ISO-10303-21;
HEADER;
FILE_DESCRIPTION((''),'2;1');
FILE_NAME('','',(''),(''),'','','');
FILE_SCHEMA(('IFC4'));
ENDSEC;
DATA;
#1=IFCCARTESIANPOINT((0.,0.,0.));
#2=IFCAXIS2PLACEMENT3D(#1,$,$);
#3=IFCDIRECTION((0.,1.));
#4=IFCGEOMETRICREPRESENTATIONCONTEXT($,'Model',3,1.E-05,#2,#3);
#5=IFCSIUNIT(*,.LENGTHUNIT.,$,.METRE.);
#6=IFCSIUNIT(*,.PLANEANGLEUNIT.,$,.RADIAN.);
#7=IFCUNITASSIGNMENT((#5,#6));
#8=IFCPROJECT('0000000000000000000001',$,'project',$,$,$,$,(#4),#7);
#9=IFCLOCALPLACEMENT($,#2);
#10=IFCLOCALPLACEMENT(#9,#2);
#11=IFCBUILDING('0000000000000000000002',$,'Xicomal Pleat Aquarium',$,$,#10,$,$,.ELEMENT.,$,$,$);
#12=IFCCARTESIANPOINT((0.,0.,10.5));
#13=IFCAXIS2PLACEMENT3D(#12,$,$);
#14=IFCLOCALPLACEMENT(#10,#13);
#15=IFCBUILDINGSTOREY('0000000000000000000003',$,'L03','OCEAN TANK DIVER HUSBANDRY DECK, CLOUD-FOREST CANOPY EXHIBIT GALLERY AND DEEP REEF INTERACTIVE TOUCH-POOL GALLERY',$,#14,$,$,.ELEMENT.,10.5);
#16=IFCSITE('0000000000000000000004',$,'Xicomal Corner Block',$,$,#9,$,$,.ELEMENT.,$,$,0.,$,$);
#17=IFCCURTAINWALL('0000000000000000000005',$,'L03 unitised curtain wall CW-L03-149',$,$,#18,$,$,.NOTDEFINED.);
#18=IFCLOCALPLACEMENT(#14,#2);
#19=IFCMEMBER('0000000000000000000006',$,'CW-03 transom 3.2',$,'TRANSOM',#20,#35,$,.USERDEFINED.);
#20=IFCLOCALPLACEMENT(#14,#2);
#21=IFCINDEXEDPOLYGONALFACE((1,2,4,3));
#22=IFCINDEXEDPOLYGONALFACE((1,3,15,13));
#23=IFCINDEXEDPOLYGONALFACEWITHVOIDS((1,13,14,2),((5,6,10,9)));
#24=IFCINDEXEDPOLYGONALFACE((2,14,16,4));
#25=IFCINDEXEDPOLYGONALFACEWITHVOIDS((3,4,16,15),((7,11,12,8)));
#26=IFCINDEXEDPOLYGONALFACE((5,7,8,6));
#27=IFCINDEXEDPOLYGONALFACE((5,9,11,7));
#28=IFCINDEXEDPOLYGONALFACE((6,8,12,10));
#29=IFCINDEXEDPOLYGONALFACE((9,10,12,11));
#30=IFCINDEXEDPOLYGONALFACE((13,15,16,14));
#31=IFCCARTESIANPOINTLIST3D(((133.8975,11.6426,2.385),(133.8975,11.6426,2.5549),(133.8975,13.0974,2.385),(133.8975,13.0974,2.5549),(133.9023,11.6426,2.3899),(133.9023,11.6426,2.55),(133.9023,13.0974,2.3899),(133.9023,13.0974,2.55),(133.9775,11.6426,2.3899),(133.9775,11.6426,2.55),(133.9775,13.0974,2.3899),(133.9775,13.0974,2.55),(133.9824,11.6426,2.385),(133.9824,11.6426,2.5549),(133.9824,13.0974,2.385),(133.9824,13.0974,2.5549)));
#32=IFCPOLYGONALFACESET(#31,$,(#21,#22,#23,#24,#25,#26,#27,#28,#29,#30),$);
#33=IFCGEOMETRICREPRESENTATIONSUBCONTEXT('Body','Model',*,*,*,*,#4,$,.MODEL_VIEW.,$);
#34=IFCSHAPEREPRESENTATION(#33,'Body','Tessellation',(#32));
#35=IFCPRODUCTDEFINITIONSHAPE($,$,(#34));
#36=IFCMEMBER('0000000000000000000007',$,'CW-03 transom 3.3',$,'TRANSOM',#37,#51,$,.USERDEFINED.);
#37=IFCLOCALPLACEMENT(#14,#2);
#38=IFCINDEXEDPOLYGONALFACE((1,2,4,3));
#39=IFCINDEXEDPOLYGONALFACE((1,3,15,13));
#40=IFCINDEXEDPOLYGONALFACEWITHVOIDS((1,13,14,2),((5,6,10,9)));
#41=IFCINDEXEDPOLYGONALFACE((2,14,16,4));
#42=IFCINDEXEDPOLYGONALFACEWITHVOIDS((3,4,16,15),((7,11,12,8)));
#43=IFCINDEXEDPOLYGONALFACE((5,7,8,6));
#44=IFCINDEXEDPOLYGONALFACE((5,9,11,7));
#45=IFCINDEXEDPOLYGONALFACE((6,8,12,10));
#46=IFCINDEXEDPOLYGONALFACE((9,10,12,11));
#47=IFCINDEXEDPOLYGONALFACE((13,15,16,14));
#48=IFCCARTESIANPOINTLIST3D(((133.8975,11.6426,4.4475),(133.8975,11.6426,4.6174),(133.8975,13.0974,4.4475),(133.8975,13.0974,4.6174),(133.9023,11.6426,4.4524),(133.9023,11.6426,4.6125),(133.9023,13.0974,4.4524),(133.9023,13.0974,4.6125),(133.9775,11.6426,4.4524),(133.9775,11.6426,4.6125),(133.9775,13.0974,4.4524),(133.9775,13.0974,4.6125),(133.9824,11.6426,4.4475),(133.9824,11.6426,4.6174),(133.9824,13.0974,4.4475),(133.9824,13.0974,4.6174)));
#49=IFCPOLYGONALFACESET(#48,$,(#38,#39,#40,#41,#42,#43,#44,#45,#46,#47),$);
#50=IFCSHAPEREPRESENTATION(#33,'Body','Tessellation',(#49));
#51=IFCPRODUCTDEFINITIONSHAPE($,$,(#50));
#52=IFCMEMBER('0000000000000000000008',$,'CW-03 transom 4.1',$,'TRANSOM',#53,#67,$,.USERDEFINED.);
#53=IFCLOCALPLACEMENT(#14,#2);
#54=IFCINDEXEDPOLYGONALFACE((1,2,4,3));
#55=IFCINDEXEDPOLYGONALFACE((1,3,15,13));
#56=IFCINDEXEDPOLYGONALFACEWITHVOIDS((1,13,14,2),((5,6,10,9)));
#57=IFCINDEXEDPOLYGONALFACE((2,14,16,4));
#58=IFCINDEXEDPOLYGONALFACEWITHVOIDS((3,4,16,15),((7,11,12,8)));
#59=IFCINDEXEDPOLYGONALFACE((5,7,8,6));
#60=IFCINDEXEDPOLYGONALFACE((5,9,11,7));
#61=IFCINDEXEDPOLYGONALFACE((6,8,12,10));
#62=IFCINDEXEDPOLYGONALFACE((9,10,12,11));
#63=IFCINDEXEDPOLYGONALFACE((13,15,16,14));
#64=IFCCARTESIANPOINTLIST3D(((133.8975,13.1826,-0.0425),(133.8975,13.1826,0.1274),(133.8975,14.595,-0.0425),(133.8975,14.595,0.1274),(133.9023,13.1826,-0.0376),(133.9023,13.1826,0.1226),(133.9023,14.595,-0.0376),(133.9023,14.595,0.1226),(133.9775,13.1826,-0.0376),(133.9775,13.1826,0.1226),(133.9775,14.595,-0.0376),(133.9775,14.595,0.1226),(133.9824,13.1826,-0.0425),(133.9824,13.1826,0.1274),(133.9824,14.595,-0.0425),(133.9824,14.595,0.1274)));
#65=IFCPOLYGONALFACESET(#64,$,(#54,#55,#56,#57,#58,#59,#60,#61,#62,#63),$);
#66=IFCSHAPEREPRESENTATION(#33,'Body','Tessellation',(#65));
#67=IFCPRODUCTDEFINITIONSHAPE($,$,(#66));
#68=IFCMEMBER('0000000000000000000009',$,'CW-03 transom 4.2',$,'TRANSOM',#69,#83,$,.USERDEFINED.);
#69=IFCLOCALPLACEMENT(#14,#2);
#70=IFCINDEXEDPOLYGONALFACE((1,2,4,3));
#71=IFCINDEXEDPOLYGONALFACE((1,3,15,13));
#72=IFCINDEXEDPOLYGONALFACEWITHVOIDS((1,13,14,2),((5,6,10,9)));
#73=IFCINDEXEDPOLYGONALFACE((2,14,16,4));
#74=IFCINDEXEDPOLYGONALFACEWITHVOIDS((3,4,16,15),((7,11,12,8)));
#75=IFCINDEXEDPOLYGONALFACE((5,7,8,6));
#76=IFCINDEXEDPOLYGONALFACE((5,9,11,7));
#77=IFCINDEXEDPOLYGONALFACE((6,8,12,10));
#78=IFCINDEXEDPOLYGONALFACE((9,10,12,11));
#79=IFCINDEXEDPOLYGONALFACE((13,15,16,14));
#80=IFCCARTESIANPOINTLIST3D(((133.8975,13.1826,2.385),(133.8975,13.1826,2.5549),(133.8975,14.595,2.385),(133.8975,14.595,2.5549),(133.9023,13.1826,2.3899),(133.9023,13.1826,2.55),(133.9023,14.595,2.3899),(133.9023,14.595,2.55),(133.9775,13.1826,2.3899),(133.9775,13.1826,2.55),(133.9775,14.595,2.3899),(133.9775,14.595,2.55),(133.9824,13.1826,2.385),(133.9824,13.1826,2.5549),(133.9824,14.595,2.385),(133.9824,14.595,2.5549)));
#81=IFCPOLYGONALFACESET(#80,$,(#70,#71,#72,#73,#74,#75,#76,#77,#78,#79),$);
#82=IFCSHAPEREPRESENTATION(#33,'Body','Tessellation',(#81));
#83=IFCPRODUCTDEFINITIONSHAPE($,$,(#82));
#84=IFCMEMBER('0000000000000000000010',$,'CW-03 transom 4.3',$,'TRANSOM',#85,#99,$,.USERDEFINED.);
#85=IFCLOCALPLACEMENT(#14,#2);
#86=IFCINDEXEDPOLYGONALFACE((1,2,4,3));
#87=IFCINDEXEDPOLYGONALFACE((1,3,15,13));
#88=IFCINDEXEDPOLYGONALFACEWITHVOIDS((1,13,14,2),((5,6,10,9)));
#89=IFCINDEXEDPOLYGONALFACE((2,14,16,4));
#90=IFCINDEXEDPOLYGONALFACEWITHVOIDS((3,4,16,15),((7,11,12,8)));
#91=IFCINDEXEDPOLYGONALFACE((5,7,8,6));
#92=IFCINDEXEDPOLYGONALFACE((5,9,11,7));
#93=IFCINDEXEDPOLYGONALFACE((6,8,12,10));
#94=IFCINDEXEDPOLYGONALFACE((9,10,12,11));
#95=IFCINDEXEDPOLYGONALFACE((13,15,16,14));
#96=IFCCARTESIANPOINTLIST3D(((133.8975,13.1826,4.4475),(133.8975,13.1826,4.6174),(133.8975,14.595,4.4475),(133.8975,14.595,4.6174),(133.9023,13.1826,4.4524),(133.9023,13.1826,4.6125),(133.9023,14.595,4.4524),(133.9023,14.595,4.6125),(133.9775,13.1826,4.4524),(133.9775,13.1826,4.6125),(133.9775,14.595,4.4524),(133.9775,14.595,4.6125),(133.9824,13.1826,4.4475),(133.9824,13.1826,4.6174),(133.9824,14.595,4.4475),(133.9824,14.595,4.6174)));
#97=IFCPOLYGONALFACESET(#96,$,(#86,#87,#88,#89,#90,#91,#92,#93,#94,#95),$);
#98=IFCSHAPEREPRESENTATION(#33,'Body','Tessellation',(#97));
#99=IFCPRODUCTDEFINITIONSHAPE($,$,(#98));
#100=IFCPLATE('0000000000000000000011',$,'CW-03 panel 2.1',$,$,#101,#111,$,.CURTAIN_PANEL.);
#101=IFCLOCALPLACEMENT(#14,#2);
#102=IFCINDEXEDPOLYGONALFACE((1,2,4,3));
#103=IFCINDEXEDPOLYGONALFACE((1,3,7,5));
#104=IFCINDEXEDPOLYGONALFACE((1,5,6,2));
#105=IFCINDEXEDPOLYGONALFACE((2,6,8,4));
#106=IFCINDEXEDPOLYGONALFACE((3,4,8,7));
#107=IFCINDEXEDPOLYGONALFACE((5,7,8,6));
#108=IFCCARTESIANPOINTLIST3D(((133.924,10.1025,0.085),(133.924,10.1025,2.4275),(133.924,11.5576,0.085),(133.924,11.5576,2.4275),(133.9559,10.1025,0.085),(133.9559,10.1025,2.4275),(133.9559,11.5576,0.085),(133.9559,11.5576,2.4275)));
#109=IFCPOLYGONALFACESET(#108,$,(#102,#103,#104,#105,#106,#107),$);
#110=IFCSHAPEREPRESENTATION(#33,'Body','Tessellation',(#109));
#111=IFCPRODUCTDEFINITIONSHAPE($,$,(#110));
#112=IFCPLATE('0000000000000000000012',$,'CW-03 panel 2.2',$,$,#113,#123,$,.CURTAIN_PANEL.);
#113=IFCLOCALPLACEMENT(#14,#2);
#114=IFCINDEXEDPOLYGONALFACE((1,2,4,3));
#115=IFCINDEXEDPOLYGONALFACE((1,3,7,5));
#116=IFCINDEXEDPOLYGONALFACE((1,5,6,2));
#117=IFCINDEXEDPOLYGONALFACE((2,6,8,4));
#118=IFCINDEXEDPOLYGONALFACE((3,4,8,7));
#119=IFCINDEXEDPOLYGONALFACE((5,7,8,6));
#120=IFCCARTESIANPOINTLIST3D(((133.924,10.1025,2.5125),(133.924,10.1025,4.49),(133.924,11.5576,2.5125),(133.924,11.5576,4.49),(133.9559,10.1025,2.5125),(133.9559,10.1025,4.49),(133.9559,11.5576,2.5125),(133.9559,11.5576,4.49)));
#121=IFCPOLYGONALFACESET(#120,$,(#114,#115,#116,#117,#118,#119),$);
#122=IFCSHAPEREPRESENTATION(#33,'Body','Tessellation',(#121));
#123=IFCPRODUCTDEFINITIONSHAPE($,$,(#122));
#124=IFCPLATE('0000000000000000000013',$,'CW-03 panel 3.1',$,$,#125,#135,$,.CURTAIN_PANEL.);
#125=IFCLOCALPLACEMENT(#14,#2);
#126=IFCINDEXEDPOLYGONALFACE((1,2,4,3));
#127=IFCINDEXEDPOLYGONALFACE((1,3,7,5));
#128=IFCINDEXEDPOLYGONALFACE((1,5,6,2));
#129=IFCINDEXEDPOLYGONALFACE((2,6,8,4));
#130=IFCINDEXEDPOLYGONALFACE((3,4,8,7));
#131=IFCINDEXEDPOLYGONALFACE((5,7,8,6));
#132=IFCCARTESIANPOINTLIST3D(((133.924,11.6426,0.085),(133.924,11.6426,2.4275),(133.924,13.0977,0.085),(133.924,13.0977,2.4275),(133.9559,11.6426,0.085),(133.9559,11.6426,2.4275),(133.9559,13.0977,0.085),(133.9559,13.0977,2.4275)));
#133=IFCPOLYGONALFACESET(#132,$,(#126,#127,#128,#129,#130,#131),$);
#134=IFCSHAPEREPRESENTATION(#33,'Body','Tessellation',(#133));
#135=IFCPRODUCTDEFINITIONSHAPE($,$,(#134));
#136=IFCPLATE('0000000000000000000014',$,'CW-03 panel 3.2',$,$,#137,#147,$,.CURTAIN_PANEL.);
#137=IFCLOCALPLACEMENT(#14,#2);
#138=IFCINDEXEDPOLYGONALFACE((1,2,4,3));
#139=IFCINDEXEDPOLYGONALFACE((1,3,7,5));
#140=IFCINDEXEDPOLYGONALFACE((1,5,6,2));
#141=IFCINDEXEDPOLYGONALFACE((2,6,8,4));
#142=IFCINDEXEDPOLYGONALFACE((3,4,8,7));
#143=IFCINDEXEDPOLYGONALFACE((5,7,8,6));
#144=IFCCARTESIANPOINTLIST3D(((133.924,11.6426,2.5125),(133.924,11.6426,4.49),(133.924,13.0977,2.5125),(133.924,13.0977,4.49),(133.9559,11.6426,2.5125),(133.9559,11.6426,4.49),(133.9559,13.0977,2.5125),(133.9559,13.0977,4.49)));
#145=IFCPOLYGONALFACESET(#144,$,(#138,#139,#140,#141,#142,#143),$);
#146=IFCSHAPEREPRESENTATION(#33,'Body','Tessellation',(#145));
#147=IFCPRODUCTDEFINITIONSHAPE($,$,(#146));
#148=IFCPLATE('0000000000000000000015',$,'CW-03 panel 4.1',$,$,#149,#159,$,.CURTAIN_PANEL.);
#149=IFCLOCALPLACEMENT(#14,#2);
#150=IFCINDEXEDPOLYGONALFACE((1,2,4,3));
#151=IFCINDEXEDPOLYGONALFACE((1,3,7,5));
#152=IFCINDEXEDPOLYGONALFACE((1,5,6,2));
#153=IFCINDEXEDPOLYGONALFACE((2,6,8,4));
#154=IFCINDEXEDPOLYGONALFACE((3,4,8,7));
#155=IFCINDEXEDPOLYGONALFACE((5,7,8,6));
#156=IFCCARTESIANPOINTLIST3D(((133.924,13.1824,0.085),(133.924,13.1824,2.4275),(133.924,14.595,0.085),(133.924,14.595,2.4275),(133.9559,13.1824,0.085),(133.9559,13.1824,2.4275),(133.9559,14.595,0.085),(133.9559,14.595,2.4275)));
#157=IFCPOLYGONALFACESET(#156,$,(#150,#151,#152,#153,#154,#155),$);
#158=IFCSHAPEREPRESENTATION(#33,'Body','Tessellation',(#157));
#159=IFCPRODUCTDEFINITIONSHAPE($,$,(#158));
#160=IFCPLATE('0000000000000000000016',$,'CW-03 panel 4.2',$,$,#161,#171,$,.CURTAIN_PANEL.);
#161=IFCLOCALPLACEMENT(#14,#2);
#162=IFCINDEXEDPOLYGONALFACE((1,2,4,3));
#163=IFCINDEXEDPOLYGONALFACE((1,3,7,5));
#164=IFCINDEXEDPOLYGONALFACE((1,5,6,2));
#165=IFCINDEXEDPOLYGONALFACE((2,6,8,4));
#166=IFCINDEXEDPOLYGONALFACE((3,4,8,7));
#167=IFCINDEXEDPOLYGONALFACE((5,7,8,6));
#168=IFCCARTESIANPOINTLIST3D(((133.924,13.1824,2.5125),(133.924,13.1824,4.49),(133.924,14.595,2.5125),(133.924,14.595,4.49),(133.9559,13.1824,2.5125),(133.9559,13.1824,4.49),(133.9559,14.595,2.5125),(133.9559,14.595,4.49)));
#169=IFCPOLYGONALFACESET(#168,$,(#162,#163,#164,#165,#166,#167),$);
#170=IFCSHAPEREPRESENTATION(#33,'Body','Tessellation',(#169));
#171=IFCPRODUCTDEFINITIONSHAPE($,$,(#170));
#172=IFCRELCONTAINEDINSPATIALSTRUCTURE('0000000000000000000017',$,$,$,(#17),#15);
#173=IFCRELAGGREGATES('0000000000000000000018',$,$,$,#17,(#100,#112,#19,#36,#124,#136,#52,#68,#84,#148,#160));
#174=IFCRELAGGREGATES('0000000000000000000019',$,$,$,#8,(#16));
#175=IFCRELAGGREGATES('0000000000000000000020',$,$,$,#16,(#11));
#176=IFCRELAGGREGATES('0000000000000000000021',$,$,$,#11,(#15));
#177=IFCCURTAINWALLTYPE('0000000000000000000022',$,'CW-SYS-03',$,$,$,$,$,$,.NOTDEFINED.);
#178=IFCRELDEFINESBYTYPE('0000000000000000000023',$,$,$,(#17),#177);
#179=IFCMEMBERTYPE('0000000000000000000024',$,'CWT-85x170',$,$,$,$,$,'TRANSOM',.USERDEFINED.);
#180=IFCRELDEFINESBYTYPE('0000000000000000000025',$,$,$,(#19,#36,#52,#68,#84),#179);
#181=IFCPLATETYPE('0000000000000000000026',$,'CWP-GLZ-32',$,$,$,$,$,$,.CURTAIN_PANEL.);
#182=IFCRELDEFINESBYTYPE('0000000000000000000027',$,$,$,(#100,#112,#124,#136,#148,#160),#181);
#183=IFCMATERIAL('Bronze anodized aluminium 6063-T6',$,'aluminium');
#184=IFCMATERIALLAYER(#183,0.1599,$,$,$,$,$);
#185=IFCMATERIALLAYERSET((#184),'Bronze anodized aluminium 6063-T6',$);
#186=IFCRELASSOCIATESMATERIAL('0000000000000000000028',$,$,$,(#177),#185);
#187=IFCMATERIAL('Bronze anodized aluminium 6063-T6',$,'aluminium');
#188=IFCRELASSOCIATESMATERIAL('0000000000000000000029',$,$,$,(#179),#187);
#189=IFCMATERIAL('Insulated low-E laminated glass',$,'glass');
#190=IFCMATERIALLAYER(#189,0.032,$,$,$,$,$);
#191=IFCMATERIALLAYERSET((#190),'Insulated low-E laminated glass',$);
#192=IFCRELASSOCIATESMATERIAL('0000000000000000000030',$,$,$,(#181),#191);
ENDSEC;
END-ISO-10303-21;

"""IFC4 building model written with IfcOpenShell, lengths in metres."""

from ifc_helpers import new_model, si_unit, direction, frame, origin, origin_2d, place, context, subcontext, project, spatial, rectangle, hollow_rectangle, extrude, material, layer, layer_set, material_profile, profile_set, type_object, element, aggregate, save


model = new_model("IFC4")

# Units and contexts
model_context = context("Model", 3, precision=1e-05, world=origin(), true_north=direction((0.0, 1.0)))
body_context = subcontext(model_context, "Body", "Model", "MODEL_VIEW")
ifc_project = project(units=[si_unit("LENGTHUNIT", "METRE"), si_unit("PLANEANGLEUNIT", "RADIAN")], contexts=[model_context])

# Site, building, storey
site_placement = place(None, origin())
site = spatial("IfcSite", under=ifc_project, at=site_placement, Name="Xicomal Corner Block", CompositionType="ELEMENT", RefElevation=0.0)
building_placement = place(site_placement, origin())
building = spatial("IfcBuilding", under=site, at=building_placement, Name="Xicomal Pleat Aquarium", CompositionType="ELEMENT")
storey_placement = place(building_placement, frame((0.0, 0.0, 10.5)))
storey = spatial("IfcBuildingStorey", under=building, at=storey_placement, Name="L03", Description="OCEAN TANK DIVER HUSBANDRY DECK, CLOUD-FOREST CANOPY EXHIBIT GALLERY AND DEEP REEF INTERACTIVE TOUCH-POOL GALLERY", CompositionType="ELEMENT", Elevation=10.5)

# Curtain wall, members, plates
ifc_material_1 = material(Name="Bronze anodized aluminium 6063-T6", Category="aluminium")
ifc_layer_1 = layer(ifc_material_1, 0.1599)
ifc_layer_set_1 = layer_set([ifc_layer_1], Name="Bronze anodized aluminium 6063-T6")
curtain_wall_type = type_object("IfcCurtainWallType", Name="CW-SYS-03", PredefinedType="NOTDEFINED", material=ifc_layer_set_1)
curtain_wall_placement = place(storey_placement, origin())
curtain_wall = element("IfcCurtainWall", 1, at=curtain_wall_placement, inside=storey, type_object=curtain_wall_type, Name="L03 unitised curtain wall CW-L03-149", PredefinedType="NOTDEFINED")
ifc_material_2 = material(Name="Bronze anodized aluminium 6063-T6", Category="aluminium")
ifc_material_profile_1 = material_profile(ifc_material_2, hollow_rectangle(XDim=0.085, YDim=0.1699, WallThickness=0.0049, at=origin_2d()), Name="ALU TRAN 85x170")
ifc_profile_set_1 = profile_set([ifc_material_profile_1], Name="Bronze anodized aluminium 6063-T6")
member_type_1 = type_object("IfcMemberType", Name="CWT-85x170", ElementType="TRANSOM", PredefinedType="USERDEFINED", material=ifc_profile_set_1)
member_1_placement = place(storey_placement, frame((133.9399, 11.6426, 2.47), z_axis=(0.0, 1.0, 0.0), x_axis=(-1.0, 0.0, 0.0)))
member_1 = element("IfcMember", 2, at=member_1_placement, type_object=member_type_1, Name="CW-03 transom 3.2", ObjectType="TRANSOM", PredefinedType="USERDEFINED", context=body_context, shape_type="SweptSolid", body=[
    extrude(hollow_rectangle(XDim=0.085, YDim=0.1699, WallThickness=0.0049, at=origin_2d()), origin(), (0.0, 0.0, 1.0), 1.4548),
])
member_2_placement = place(storey_placement, frame((133.9399, 11.6426, 4.5325), z_axis=(0.0, 1.0, 0.0), x_axis=(-1.0, 0.0, 0.0)))
member_2 = element("IfcMember", 3, at=member_2_placement, type_object=member_type_1, Name="CW-03 transom 3.3", ObjectType="TRANSOM", PredefinedType="USERDEFINED", context=body_context, shape_type="SweptSolid", body=[
    extrude(hollow_rectangle(XDim=0.085, YDim=0.1699, WallThickness=0.0049, at=origin_2d()), origin(), (0.0, 0.0, 1.0), 1.4548),
])
member_3_placement = place(storey_placement, frame((133.9399, 13.1826, 0.0425), z_axis=(0.0, 1.0, 0.0), x_axis=(-1.0, 0.0, 0.0)))
member_3 = element("IfcMember", 4, at=member_3_placement, type_object=member_type_1, Name="CW-03 transom 4.1", ObjectType="TRANSOM", PredefinedType="USERDEFINED", context=body_context, shape_type="SweptSolid", body=[
    extrude(hollow_rectangle(XDim=0.085, YDim=0.1699, WallThickness=0.0049, at=origin_2d()), origin(), (0.0, 0.0, 1.0), 1.4124),
])
member_4_placement = place(storey_placement, frame((133.9399, 13.1826, 2.47), z_axis=(0.0, 1.0, 0.0), x_axis=(-1.0, 0.0, 0.0)))
member_4 = element("IfcMember", 5, at=member_4_placement, type_object=member_type_1, Name="CW-03 transom 4.2", ObjectType="TRANSOM", PredefinedType="USERDEFINED", context=body_context, shape_type="SweptSolid", body=[
    extrude(hollow_rectangle(XDim=0.085, YDim=0.1699, WallThickness=0.0049, at=origin_2d()), origin(), (0.0, 0.0, 1.0), 1.4124),
])
member_5_placement = place(storey_placement, frame((133.9399, 13.1826, 4.5325), z_axis=(0.0, 1.0, 0.0), x_axis=(-1.0, 0.0, 0.0)))
member_5 = element("IfcMember", 6, at=member_5_placement, type_object=member_type_1, Name="CW-03 transom 4.3", ObjectType="TRANSOM", PredefinedType="USERDEFINED", context=body_context, shape_type="SweptSolid", body=[
    extrude(hollow_rectangle(XDim=0.085, YDim=0.1699, WallThickness=0.0049, at=origin_2d()), origin(), (0.0, 0.0, 1.0), 1.4124),
])
ifc_material_3 = material(Name="Insulated low-E laminated glass", Category="glass")
ifc_layer_2 = layer(ifc_material_3, 0.032)
ifc_layer_set_2 = layer_set([ifc_layer_2], Name="Insulated low-E laminated glass")
plate_type = type_object("IfcPlateType", Name="CWP-GLZ-32", PredefinedType="CURTAIN_PANEL", material=ifc_layer_set_2)
plate_1_placement = place(storey_placement, frame((133.9399, 10.8301, 0.085), z_axis=(0.0, 0.0, 1.0), x_axis=(0.0, 1.0, 0.0)))
plate_1 = element("IfcPlate", 7, at=plate_1_placement, type_object=plate_type, Name="CW-03 panel 2.1", PredefinedType="CURTAIN_PANEL", context=body_context, shape_type="SweptSolid", body=[
    extrude(rectangle(XDim=1.4551, YDim=0.032, at=origin_2d()), origin(), (0.0, 0.0, 1.0), 2.3425),
])
plate_2_placement = place(storey_placement, frame((133.9399, 10.8301, 2.5125), z_axis=(0.0, 0.0, 1.0), x_axis=(0.0, 1.0, 0.0)))
plate_2 = element("IfcPlate", 8, at=plate_2_placement, type_object=plate_type, Name="CW-03 panel 2.2", PredefinedType="CURTAIN_PANEL", context=body_context, shape_type="SweptSolid", body=[
    extrude(rectangle(XDim=1.4551, YDim=0.032, at=origin_2d()), origin(), (0.0, 0.0, 1.0), 1.9775),
])
plate_3_placement = place(storey_placement, frame((133.9399, 12.3701, 0.085), z_axis=(0.0, 0.0, 1.0), x_axis=(0.0, 1.0, 0.0)))
plate_3 = element("IfcPlate", 9, at=plate_3_placement, type_object=plate_type, Name="CW-03 panel 3.1", PredefinedType="CURTAIN_PANEL", context=body_context, shape_type="SweptSolid", body=[
    extrude(rectangle(XDim=1.4551, YDim=0.032, at=origin_2d()), origin(), (0.0, 0.0, 1.0), 2.3425),
])
plate_4_placement = place(storey_placement, frame((133.9399, 12.3701, 2.5125), z_axis=(0.0, 0.0, 1.0), x_axis=(0.0, 1.0, 0.0)))
plate_4 = element("IfcPlate", 10, at=plate_4_placement, type_object=plate_type, Name="CW-03 panel 3.2", PredefinedType="CURTAIN_PANEL", context=body_context, shape_type="SweptSolid", body=[
    extrude(rectangle(XDim=1.4551, YDim=0.032, at=origin_2d()), origin(), (0.0, 0.0, 1.0), 1.9775),
])
plate_5_placement = place(storey_placement, frame((133.9399, 13.8887, 0.085), z_axis=(0.0, 0.0, 1.0), x_axis=(0.0, 1.0, 0.0)))
plate_5 = element("IfcPlate", 11, at=plate_5_placement, type_object=plate_type, Name="CW-03 panel 4.1", PredefinedType="CURTAIN_PANEL", context=body_context, shape_type="SweptSolid", body=[
    extrude(rectangle(XDim=1.4126, YDim=0.032, at=origin_2d()), origin(), (0.0, 0.0, 1.0), 2.3425),
])
plate_6_placement = place(storey_placement, frame((133.9399, 13.8887, 2.5125), z_axis=(0.0, 0.0, 1.0), x_axis=(0.0, 1.0, 0.0)))
plate_6 = element("IfcPlate", 12, at=plate_6_placement, type_object=plate_type, Name="CW-03 panel 4.2", PredefinedType="CURTAIN_PANEL", context=body_context, shape_type="SweptSolid", body=[
    extrude(rectangle(XDim=1.4126, YDim=0.032, at=origin_2d()), origin(), (0.0, 0.0, 1.0), 1.9775),
])
aggregate(curtain_wall, [plate_1, plate_2, member_1, member_2, plate_3, plate_4, member_3, member_4, member_5, plate_5, plate_6])

save(model, "model.ifc")
